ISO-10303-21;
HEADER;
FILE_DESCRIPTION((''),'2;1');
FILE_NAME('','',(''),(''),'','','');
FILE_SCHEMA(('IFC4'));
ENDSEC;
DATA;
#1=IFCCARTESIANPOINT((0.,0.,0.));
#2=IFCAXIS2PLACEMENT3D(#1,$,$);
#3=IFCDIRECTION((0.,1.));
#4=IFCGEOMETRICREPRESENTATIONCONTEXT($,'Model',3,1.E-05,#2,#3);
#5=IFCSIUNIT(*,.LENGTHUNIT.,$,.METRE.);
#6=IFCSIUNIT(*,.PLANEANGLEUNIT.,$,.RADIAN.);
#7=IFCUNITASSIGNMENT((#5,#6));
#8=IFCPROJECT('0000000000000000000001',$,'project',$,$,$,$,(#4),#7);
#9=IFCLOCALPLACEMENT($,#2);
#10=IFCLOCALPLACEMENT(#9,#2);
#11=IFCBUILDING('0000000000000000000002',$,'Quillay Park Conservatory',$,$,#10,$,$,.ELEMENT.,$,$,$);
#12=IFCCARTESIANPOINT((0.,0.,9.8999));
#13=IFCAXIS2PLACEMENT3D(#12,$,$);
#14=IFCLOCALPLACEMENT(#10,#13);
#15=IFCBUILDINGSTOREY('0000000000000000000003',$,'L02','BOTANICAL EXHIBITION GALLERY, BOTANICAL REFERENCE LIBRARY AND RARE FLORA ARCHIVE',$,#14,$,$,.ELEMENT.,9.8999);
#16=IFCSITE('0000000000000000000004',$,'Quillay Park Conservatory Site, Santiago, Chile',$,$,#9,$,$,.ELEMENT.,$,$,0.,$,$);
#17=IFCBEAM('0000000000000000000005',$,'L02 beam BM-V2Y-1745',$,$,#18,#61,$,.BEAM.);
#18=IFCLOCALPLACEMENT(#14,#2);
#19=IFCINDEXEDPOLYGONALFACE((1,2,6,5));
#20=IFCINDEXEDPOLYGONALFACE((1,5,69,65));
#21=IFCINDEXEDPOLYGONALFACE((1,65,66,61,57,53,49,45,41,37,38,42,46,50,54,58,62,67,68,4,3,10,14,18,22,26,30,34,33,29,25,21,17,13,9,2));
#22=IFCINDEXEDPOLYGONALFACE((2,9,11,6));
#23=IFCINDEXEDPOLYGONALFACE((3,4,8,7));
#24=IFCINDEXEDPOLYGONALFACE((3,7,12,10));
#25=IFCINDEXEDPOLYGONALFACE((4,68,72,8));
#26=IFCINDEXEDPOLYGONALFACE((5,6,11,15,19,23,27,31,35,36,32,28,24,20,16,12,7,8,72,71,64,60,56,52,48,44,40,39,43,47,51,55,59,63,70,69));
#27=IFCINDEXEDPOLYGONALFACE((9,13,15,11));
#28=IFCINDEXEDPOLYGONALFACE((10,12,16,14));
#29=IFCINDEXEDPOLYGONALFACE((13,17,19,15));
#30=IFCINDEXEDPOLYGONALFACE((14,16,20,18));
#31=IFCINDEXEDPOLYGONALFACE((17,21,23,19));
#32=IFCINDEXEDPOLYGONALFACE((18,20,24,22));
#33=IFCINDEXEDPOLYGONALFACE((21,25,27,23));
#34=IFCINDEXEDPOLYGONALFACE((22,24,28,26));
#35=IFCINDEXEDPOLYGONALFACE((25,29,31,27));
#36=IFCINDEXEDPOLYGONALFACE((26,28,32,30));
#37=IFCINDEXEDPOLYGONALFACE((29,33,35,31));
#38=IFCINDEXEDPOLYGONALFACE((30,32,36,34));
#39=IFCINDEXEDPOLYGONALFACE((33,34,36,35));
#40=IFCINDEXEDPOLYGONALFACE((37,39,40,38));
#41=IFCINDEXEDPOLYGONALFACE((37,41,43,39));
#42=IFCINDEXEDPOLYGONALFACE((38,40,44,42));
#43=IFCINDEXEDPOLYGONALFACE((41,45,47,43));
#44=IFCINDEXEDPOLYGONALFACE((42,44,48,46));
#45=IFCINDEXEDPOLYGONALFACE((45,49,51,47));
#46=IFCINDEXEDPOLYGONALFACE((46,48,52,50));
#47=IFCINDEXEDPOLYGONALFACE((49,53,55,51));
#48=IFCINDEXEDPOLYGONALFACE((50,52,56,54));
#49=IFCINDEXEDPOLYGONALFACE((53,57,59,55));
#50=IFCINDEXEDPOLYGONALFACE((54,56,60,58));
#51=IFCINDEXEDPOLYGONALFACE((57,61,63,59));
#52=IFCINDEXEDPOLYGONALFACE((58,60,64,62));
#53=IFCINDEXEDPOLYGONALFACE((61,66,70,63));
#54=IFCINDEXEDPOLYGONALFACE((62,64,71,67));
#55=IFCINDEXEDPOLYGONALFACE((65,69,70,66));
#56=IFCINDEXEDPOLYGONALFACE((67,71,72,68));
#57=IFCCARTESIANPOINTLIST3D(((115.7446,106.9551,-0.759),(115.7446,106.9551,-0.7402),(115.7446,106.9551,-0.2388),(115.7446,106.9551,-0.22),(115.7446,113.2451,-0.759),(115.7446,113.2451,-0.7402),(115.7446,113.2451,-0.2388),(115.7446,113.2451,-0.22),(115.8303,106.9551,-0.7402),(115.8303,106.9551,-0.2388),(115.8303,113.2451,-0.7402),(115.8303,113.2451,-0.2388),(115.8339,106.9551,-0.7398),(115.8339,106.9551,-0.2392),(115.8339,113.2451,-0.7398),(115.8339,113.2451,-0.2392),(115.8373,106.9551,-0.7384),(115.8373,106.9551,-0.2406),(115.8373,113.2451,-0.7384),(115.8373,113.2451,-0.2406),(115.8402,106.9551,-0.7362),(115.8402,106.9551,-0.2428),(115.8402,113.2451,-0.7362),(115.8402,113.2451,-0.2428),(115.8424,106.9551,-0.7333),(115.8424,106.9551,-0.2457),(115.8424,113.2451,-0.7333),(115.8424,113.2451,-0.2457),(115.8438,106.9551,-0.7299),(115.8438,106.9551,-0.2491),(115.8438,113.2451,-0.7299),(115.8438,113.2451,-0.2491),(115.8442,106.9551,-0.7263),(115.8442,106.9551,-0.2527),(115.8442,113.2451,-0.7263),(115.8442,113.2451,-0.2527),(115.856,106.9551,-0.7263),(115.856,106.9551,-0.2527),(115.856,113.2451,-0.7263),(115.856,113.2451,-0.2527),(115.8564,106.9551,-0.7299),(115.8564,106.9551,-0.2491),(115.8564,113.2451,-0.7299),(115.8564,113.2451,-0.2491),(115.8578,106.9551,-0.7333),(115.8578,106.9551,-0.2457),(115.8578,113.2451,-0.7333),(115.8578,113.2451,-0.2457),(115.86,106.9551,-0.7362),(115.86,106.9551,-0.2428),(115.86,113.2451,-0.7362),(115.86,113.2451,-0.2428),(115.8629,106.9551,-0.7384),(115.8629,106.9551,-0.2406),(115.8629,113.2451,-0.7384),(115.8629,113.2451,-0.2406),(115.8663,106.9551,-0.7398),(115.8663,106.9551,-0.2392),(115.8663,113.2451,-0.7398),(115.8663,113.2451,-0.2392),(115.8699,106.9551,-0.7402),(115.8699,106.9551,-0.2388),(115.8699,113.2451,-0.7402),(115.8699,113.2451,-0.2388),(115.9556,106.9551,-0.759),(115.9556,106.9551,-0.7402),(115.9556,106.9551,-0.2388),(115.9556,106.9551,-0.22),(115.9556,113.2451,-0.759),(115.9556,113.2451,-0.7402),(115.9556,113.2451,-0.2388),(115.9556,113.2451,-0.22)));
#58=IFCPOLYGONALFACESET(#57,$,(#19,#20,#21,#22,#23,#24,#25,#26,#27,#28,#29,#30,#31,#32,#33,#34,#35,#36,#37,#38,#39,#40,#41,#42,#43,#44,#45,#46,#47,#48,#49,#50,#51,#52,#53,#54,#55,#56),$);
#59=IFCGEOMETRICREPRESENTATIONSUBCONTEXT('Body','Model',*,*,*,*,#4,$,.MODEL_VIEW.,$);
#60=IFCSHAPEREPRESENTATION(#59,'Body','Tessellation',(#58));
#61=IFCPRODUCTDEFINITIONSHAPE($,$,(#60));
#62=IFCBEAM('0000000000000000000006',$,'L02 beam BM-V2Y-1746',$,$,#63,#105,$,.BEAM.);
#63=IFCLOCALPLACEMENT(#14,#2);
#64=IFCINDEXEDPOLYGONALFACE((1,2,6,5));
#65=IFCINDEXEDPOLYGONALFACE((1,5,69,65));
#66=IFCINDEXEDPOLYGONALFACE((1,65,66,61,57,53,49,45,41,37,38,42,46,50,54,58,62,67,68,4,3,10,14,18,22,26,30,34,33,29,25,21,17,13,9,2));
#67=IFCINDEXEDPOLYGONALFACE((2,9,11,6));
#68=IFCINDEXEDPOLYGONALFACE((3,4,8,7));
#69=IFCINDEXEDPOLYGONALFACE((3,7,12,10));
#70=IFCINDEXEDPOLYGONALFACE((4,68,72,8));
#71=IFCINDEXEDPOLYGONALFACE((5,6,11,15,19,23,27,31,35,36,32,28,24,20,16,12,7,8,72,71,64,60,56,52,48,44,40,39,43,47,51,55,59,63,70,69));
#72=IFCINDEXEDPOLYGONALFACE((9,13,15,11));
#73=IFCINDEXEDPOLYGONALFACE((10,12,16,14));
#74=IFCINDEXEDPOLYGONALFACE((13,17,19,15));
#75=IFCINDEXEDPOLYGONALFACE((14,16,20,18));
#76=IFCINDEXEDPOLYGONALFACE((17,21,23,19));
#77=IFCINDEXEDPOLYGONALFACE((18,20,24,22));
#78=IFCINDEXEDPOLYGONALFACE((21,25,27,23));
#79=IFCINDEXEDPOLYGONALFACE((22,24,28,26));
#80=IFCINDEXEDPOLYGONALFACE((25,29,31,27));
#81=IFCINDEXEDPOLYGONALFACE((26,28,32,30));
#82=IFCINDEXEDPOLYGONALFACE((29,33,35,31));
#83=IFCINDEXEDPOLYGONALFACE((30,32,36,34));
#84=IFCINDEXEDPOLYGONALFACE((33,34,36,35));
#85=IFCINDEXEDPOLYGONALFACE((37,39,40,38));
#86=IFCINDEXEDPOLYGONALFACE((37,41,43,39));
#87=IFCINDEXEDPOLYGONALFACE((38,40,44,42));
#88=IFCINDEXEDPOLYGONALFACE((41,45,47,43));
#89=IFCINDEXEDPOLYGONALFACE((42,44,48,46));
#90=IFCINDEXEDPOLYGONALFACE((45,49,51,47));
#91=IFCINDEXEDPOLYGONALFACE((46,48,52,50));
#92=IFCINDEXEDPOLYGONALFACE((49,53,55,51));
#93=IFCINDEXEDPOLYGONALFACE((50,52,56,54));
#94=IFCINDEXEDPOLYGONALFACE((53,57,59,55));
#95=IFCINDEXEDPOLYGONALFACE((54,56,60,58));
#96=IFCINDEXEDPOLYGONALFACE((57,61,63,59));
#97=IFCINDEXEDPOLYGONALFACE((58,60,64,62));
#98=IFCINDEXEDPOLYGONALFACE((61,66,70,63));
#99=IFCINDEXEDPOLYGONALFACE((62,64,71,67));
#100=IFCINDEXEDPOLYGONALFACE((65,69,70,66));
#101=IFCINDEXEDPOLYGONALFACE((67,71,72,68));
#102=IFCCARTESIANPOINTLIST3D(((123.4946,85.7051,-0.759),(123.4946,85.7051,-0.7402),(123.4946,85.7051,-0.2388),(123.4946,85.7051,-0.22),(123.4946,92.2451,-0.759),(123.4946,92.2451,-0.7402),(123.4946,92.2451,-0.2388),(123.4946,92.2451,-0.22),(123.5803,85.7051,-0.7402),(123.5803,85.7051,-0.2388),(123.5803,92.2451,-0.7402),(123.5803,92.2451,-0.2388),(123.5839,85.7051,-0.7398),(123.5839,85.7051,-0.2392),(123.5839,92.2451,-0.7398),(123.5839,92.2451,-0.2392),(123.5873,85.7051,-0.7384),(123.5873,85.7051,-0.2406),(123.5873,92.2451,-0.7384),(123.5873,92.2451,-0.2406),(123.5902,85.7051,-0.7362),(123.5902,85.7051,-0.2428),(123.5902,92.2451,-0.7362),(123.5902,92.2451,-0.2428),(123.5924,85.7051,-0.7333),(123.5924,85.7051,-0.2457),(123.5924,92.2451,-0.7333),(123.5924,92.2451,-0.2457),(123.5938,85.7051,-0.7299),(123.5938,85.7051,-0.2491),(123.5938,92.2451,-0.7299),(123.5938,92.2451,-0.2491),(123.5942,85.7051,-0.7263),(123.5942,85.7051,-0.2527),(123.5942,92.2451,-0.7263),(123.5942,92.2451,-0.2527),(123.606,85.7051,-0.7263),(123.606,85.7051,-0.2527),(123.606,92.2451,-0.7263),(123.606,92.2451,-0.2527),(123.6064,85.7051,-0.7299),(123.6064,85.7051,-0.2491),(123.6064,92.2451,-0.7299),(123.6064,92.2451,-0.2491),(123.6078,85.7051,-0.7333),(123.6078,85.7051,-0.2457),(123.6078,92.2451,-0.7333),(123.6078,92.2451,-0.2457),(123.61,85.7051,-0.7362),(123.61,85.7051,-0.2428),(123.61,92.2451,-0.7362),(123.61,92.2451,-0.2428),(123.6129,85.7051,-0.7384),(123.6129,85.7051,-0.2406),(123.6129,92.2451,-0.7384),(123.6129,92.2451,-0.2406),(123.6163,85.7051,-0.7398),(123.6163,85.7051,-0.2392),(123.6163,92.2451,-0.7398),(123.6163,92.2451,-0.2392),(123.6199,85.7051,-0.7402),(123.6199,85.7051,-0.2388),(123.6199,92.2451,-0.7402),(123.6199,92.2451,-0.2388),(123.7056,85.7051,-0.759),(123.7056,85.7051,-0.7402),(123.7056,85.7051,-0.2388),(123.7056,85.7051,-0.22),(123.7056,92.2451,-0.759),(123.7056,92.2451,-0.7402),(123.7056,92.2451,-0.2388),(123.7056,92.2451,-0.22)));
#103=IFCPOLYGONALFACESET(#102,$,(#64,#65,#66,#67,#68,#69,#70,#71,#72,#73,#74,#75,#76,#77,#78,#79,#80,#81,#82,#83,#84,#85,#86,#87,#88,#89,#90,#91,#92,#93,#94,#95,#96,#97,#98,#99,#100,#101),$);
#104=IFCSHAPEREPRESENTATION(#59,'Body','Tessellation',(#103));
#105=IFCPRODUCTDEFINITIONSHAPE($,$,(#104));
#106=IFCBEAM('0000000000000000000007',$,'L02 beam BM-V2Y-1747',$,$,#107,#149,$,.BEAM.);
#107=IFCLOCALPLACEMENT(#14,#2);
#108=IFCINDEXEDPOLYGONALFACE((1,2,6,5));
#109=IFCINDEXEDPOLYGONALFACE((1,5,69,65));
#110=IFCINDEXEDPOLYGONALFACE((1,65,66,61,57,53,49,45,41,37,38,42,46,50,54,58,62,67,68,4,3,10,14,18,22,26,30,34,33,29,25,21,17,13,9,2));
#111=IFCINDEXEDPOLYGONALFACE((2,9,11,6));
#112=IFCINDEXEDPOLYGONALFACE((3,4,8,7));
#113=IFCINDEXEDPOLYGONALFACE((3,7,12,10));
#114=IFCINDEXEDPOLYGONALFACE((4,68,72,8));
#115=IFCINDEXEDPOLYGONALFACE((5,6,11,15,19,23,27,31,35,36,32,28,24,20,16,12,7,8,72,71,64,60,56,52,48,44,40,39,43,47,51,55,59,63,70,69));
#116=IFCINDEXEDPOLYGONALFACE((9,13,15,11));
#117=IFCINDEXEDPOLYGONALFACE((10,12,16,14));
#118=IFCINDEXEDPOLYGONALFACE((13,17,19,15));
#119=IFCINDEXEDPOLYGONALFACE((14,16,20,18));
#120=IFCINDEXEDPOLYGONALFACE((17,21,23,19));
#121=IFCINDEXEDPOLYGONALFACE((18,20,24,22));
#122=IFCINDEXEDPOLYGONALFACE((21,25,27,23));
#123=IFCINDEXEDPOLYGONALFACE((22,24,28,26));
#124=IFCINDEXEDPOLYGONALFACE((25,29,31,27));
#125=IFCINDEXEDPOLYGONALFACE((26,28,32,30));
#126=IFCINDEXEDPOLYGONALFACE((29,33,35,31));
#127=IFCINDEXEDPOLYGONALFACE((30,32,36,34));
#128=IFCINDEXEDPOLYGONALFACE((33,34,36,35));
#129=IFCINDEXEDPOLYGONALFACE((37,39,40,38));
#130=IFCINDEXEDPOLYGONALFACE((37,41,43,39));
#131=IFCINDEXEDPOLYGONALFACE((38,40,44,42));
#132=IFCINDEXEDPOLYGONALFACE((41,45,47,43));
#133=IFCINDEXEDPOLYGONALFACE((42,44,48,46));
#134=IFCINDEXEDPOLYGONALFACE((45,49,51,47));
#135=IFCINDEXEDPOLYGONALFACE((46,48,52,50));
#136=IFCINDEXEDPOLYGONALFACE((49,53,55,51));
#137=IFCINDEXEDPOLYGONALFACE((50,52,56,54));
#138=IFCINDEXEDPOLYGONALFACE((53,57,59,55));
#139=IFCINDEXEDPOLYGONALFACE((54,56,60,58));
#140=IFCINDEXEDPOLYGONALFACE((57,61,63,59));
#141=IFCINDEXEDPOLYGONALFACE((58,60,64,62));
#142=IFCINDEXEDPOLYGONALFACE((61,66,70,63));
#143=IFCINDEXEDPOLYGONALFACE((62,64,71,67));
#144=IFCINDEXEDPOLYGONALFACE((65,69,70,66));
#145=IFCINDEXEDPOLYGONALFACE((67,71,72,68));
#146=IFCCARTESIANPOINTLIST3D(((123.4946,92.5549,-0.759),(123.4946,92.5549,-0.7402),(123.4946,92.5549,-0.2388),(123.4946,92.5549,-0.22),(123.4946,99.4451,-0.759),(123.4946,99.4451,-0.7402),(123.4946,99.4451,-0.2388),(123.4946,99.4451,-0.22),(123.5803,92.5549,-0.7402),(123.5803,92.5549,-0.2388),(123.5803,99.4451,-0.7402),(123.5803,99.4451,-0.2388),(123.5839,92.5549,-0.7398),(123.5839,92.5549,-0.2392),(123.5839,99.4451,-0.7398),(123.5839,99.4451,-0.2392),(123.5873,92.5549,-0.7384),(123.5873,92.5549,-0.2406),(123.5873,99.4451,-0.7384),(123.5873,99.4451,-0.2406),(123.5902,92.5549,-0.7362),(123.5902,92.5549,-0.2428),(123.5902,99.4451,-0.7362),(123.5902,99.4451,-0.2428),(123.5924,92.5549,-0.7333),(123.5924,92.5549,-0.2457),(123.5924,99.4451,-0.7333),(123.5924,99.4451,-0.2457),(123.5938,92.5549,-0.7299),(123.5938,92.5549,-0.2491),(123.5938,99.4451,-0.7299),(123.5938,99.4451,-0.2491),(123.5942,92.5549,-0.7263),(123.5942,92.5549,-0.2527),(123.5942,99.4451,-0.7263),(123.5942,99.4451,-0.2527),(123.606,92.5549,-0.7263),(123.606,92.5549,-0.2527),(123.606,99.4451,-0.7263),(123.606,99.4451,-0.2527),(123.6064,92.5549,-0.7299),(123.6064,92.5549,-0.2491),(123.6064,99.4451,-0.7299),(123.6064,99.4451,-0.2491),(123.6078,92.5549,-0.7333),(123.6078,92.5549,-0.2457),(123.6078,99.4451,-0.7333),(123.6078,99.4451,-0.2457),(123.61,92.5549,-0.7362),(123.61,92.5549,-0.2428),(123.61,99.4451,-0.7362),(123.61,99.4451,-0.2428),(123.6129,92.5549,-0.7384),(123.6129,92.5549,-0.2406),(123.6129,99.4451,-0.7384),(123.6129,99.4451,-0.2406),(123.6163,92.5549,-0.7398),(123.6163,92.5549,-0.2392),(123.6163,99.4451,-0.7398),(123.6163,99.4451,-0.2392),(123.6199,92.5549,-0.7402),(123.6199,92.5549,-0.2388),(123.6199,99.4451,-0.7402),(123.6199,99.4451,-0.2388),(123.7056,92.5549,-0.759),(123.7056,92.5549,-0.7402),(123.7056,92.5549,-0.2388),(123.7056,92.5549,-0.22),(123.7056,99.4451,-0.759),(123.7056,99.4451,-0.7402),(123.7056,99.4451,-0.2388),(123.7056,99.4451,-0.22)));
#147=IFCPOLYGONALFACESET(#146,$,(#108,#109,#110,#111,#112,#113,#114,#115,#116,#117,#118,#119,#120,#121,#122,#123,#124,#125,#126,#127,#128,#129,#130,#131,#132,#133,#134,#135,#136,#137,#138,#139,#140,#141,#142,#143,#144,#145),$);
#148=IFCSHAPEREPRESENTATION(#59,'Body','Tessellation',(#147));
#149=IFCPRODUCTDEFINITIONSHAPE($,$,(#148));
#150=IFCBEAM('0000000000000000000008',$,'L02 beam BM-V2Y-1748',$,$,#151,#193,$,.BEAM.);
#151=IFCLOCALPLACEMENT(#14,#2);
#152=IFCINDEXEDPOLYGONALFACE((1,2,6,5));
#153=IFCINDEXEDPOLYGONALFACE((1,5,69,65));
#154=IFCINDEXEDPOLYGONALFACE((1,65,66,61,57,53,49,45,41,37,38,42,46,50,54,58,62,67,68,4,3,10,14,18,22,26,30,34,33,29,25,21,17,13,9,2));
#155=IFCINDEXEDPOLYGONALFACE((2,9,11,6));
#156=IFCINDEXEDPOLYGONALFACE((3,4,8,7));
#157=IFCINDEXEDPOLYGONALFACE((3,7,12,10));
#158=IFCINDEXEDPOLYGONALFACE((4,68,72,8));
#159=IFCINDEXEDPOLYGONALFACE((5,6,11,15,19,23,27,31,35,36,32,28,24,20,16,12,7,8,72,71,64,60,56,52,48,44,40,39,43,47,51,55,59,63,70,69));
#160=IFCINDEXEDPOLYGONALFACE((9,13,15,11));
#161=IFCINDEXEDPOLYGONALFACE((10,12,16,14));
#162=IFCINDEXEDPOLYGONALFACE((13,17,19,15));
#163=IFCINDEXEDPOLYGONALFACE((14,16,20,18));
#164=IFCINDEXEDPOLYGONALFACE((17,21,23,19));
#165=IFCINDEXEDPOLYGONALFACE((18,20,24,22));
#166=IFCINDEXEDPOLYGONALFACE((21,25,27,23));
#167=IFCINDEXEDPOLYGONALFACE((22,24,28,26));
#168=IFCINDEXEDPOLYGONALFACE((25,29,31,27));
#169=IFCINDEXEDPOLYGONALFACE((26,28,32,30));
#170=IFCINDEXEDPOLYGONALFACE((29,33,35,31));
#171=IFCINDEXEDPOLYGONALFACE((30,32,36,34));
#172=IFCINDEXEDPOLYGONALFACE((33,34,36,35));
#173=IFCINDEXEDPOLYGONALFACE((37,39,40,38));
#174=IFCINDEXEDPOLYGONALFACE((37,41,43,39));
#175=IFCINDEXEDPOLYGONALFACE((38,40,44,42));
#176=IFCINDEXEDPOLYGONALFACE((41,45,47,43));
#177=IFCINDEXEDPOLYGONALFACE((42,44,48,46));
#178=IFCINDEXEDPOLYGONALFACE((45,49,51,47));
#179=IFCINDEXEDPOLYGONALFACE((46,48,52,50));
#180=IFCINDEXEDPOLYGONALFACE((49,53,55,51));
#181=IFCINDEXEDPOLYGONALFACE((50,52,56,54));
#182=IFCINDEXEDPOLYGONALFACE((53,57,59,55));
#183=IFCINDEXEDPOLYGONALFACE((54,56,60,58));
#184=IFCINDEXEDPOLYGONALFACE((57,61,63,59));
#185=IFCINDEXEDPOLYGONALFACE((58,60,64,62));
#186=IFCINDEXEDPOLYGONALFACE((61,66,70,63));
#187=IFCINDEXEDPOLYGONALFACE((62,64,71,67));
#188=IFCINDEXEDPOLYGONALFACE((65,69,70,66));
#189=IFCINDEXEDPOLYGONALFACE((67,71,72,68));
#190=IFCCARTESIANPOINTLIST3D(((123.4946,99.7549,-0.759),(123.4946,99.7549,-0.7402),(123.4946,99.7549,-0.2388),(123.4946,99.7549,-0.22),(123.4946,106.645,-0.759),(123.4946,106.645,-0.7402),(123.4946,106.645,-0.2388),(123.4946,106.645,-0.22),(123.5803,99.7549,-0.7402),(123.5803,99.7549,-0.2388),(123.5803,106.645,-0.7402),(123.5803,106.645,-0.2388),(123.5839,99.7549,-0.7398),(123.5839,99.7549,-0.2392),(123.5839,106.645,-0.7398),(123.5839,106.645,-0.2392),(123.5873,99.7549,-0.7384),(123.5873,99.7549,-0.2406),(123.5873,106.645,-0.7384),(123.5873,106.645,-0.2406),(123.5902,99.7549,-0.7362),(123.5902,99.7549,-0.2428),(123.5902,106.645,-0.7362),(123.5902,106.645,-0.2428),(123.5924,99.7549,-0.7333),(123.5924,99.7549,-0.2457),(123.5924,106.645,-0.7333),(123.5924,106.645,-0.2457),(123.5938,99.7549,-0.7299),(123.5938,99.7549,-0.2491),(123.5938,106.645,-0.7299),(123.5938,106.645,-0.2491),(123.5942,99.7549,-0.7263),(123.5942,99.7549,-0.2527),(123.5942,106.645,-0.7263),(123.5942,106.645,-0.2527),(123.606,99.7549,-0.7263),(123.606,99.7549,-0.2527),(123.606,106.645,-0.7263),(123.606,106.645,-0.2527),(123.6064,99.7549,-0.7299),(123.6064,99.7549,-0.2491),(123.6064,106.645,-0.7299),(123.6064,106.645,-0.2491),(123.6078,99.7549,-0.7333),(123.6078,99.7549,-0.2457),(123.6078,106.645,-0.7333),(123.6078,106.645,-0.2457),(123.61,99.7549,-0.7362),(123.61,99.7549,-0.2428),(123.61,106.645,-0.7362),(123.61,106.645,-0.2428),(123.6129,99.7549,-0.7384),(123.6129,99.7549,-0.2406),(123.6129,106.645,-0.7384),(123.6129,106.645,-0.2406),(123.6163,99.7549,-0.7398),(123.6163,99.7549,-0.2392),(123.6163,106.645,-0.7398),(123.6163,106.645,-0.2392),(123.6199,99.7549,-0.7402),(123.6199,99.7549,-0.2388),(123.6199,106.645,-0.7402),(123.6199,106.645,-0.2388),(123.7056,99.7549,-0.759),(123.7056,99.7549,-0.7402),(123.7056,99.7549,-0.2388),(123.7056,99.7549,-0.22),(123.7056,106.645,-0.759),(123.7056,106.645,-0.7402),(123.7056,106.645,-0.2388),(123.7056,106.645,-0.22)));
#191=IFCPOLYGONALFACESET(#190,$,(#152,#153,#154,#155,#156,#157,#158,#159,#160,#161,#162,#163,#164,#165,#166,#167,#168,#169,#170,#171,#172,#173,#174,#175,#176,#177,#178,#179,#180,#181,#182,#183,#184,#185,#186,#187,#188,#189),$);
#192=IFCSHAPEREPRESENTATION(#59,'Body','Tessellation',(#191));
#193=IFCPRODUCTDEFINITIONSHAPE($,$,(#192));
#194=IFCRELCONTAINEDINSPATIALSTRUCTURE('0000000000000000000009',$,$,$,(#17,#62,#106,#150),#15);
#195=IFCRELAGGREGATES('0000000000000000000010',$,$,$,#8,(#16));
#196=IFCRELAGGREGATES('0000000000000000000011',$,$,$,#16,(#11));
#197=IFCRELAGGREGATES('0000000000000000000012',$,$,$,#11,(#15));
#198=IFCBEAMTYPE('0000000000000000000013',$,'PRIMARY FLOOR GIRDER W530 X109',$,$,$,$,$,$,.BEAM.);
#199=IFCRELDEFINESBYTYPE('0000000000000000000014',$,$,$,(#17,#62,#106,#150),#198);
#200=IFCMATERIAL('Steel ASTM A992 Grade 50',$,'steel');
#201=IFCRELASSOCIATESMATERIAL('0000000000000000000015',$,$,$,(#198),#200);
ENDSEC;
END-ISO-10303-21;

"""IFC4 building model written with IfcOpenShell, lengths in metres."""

from ifc_helpers import new_model, si_unit, direction, frame, origin, origin_2d, place, context, subcontext, project, spatial, i_section, extrude, material, material_profile, profile_set, type_object, element, save


model = new_model("IFC4")

# Units and contexts
model_context = context("Model", 3, precision=1e-05, world=origin(), true_north=direction((0.0, 1.0)))
body_context = subcontext(model_context, "Body", "Model", "MODEL_VIEW")
ifc_project = project(units=[si_unit("LENGTHUNIT", "METRE"), si_unit("PLANEANGLEUNIT", "RADIAN")], contexts=[model_context])

# Site, building, storey
site_placement = place(None, origin())
site = spatial("IfcSite", under=ifc_project, at=site_placement, Name="Quillay Park Conservatory Site, Santiago, Chile", CompositionType="ELEMENT", RefElevation=0.0)
building_placement = place(site_placement, origin())
building = spatial("IfcBuilding", under=site, at=building_placement, Name="Quillay Park Conservatory", CompositionType="ELEMENT")
storey_placement = place(building_placement, frame((0.0, 0.0, 9.8999)))
storey = spatial("IfcBuildingStorey", under=building, at=storey_placement, Name="L02", Description="BOTANICAL EXHIBITION GALLERY, BOTANICAL REFERENCE LIBRARY AND RARE FLORA ARCHIVE", CompositionType="ELEMENT", Elevation=9.8999)

# Beams
ifc_material_1 = material(Name="Steel ASTM A992 Grade 50", Category="steel")
ifc_material_profile_1 = material_profile(ifc_material_1, i_section(OverallWidth=0.2109, OverallDepth=0.5391, WebThickness=0.0117, FlangeThickness=0.0188, FilletRadius=0.0139, at=origin_2d()), Name="W530x109")
ifc_profile_set_1 = profile_set([ifc_material_profile_1], Name="Steel ASTM A992 Grade 50")
beam_type_1 = type_object("IfcBeamType", Name="PRIMARY FLOOR GIRDER W530 X109", PredefinedType="BEAM", material=ifc_profile_set_1)
beam_1_placement = place(storey_placement, frame((115.8501, 106.9551, -0.4895), z_axis=(0.0, 1.0, 0.0), x_axis=(-1.0, 0.0, 0.0)))
element("IfcBeam", 1, at=beam_1_placement, inside=storey, type_object=beam_type_1, Name="L02 beam BM-V2Y-1745", PredefinedType="BEAM", context=body_context, shape_type="SweptSolid", body=[
    extrude(i_section(OverallWidth=0.2109, OverallDepth=0.5391, WebThickness=0.0117, FlangeThickness=0.0188, FilletRadius=0.0139, at=origin_2d()), origin(), (0.0, 0.0, 1.0), 6.29),
])
beam_2_placement = place(storey_placement, frame((123.6001, 85.7051, -0.4895), z_axis=(0.0, 1.0, 0.0), x_axis=(-1.0, 0.0, 0.0)))
element("IfcBeam", 2, at=beam_2_placement, inside=storey, type_object=beam_type_1, Name="L02 beam BM-V2Y-1746", PredefinedType="BEAM", context=body_context, shape_type="SweptSolid", body=[
    extrude(i_section(OverallWidth=0.2109, OverallDepth=0.5391, WebThickness=0.0117, FlangeThickness=0.0188, FilletRadius=0.0139, at=origin_2d()), origin(), (0.0, 0.0, 1.0), 6.54),
])
for number, where, z_axis, x_axis, name in (
    (3, (123.6001, 92.5549, -0.4895), (0.0, 1.0, 0.0), (-1.0, 0.0, 0.0), "L02 beam BM-V2Y-1747"),
    (4, (123.6001, 99.7549, -0.4895), (0.0, 1.0, 0.0), (-1.0, 0.0, 0.0), "L02 beam BM-V2Y-1748"),
):
    element("IfcBeam", number, at=place(storey_placement, frame(where, z_axis=z_axis, x_axis=x_axis)), inside=storey, type_object=beam_type_1, Name=name, PredefinedType="BEAM", context=body_context, shape_type="SweptSolid", body=[
        extrude(i_section(OverallWidth=0.2109, OverallDepth=0.5391, WebThickness=0.0117, FlangeThickness=0.0188, FilletRadius=0.0139, at=origin_2d()), origin(), (0.0, 0.0, 1.0), 6.8901),
    ])

save(model, "model.ifc")
